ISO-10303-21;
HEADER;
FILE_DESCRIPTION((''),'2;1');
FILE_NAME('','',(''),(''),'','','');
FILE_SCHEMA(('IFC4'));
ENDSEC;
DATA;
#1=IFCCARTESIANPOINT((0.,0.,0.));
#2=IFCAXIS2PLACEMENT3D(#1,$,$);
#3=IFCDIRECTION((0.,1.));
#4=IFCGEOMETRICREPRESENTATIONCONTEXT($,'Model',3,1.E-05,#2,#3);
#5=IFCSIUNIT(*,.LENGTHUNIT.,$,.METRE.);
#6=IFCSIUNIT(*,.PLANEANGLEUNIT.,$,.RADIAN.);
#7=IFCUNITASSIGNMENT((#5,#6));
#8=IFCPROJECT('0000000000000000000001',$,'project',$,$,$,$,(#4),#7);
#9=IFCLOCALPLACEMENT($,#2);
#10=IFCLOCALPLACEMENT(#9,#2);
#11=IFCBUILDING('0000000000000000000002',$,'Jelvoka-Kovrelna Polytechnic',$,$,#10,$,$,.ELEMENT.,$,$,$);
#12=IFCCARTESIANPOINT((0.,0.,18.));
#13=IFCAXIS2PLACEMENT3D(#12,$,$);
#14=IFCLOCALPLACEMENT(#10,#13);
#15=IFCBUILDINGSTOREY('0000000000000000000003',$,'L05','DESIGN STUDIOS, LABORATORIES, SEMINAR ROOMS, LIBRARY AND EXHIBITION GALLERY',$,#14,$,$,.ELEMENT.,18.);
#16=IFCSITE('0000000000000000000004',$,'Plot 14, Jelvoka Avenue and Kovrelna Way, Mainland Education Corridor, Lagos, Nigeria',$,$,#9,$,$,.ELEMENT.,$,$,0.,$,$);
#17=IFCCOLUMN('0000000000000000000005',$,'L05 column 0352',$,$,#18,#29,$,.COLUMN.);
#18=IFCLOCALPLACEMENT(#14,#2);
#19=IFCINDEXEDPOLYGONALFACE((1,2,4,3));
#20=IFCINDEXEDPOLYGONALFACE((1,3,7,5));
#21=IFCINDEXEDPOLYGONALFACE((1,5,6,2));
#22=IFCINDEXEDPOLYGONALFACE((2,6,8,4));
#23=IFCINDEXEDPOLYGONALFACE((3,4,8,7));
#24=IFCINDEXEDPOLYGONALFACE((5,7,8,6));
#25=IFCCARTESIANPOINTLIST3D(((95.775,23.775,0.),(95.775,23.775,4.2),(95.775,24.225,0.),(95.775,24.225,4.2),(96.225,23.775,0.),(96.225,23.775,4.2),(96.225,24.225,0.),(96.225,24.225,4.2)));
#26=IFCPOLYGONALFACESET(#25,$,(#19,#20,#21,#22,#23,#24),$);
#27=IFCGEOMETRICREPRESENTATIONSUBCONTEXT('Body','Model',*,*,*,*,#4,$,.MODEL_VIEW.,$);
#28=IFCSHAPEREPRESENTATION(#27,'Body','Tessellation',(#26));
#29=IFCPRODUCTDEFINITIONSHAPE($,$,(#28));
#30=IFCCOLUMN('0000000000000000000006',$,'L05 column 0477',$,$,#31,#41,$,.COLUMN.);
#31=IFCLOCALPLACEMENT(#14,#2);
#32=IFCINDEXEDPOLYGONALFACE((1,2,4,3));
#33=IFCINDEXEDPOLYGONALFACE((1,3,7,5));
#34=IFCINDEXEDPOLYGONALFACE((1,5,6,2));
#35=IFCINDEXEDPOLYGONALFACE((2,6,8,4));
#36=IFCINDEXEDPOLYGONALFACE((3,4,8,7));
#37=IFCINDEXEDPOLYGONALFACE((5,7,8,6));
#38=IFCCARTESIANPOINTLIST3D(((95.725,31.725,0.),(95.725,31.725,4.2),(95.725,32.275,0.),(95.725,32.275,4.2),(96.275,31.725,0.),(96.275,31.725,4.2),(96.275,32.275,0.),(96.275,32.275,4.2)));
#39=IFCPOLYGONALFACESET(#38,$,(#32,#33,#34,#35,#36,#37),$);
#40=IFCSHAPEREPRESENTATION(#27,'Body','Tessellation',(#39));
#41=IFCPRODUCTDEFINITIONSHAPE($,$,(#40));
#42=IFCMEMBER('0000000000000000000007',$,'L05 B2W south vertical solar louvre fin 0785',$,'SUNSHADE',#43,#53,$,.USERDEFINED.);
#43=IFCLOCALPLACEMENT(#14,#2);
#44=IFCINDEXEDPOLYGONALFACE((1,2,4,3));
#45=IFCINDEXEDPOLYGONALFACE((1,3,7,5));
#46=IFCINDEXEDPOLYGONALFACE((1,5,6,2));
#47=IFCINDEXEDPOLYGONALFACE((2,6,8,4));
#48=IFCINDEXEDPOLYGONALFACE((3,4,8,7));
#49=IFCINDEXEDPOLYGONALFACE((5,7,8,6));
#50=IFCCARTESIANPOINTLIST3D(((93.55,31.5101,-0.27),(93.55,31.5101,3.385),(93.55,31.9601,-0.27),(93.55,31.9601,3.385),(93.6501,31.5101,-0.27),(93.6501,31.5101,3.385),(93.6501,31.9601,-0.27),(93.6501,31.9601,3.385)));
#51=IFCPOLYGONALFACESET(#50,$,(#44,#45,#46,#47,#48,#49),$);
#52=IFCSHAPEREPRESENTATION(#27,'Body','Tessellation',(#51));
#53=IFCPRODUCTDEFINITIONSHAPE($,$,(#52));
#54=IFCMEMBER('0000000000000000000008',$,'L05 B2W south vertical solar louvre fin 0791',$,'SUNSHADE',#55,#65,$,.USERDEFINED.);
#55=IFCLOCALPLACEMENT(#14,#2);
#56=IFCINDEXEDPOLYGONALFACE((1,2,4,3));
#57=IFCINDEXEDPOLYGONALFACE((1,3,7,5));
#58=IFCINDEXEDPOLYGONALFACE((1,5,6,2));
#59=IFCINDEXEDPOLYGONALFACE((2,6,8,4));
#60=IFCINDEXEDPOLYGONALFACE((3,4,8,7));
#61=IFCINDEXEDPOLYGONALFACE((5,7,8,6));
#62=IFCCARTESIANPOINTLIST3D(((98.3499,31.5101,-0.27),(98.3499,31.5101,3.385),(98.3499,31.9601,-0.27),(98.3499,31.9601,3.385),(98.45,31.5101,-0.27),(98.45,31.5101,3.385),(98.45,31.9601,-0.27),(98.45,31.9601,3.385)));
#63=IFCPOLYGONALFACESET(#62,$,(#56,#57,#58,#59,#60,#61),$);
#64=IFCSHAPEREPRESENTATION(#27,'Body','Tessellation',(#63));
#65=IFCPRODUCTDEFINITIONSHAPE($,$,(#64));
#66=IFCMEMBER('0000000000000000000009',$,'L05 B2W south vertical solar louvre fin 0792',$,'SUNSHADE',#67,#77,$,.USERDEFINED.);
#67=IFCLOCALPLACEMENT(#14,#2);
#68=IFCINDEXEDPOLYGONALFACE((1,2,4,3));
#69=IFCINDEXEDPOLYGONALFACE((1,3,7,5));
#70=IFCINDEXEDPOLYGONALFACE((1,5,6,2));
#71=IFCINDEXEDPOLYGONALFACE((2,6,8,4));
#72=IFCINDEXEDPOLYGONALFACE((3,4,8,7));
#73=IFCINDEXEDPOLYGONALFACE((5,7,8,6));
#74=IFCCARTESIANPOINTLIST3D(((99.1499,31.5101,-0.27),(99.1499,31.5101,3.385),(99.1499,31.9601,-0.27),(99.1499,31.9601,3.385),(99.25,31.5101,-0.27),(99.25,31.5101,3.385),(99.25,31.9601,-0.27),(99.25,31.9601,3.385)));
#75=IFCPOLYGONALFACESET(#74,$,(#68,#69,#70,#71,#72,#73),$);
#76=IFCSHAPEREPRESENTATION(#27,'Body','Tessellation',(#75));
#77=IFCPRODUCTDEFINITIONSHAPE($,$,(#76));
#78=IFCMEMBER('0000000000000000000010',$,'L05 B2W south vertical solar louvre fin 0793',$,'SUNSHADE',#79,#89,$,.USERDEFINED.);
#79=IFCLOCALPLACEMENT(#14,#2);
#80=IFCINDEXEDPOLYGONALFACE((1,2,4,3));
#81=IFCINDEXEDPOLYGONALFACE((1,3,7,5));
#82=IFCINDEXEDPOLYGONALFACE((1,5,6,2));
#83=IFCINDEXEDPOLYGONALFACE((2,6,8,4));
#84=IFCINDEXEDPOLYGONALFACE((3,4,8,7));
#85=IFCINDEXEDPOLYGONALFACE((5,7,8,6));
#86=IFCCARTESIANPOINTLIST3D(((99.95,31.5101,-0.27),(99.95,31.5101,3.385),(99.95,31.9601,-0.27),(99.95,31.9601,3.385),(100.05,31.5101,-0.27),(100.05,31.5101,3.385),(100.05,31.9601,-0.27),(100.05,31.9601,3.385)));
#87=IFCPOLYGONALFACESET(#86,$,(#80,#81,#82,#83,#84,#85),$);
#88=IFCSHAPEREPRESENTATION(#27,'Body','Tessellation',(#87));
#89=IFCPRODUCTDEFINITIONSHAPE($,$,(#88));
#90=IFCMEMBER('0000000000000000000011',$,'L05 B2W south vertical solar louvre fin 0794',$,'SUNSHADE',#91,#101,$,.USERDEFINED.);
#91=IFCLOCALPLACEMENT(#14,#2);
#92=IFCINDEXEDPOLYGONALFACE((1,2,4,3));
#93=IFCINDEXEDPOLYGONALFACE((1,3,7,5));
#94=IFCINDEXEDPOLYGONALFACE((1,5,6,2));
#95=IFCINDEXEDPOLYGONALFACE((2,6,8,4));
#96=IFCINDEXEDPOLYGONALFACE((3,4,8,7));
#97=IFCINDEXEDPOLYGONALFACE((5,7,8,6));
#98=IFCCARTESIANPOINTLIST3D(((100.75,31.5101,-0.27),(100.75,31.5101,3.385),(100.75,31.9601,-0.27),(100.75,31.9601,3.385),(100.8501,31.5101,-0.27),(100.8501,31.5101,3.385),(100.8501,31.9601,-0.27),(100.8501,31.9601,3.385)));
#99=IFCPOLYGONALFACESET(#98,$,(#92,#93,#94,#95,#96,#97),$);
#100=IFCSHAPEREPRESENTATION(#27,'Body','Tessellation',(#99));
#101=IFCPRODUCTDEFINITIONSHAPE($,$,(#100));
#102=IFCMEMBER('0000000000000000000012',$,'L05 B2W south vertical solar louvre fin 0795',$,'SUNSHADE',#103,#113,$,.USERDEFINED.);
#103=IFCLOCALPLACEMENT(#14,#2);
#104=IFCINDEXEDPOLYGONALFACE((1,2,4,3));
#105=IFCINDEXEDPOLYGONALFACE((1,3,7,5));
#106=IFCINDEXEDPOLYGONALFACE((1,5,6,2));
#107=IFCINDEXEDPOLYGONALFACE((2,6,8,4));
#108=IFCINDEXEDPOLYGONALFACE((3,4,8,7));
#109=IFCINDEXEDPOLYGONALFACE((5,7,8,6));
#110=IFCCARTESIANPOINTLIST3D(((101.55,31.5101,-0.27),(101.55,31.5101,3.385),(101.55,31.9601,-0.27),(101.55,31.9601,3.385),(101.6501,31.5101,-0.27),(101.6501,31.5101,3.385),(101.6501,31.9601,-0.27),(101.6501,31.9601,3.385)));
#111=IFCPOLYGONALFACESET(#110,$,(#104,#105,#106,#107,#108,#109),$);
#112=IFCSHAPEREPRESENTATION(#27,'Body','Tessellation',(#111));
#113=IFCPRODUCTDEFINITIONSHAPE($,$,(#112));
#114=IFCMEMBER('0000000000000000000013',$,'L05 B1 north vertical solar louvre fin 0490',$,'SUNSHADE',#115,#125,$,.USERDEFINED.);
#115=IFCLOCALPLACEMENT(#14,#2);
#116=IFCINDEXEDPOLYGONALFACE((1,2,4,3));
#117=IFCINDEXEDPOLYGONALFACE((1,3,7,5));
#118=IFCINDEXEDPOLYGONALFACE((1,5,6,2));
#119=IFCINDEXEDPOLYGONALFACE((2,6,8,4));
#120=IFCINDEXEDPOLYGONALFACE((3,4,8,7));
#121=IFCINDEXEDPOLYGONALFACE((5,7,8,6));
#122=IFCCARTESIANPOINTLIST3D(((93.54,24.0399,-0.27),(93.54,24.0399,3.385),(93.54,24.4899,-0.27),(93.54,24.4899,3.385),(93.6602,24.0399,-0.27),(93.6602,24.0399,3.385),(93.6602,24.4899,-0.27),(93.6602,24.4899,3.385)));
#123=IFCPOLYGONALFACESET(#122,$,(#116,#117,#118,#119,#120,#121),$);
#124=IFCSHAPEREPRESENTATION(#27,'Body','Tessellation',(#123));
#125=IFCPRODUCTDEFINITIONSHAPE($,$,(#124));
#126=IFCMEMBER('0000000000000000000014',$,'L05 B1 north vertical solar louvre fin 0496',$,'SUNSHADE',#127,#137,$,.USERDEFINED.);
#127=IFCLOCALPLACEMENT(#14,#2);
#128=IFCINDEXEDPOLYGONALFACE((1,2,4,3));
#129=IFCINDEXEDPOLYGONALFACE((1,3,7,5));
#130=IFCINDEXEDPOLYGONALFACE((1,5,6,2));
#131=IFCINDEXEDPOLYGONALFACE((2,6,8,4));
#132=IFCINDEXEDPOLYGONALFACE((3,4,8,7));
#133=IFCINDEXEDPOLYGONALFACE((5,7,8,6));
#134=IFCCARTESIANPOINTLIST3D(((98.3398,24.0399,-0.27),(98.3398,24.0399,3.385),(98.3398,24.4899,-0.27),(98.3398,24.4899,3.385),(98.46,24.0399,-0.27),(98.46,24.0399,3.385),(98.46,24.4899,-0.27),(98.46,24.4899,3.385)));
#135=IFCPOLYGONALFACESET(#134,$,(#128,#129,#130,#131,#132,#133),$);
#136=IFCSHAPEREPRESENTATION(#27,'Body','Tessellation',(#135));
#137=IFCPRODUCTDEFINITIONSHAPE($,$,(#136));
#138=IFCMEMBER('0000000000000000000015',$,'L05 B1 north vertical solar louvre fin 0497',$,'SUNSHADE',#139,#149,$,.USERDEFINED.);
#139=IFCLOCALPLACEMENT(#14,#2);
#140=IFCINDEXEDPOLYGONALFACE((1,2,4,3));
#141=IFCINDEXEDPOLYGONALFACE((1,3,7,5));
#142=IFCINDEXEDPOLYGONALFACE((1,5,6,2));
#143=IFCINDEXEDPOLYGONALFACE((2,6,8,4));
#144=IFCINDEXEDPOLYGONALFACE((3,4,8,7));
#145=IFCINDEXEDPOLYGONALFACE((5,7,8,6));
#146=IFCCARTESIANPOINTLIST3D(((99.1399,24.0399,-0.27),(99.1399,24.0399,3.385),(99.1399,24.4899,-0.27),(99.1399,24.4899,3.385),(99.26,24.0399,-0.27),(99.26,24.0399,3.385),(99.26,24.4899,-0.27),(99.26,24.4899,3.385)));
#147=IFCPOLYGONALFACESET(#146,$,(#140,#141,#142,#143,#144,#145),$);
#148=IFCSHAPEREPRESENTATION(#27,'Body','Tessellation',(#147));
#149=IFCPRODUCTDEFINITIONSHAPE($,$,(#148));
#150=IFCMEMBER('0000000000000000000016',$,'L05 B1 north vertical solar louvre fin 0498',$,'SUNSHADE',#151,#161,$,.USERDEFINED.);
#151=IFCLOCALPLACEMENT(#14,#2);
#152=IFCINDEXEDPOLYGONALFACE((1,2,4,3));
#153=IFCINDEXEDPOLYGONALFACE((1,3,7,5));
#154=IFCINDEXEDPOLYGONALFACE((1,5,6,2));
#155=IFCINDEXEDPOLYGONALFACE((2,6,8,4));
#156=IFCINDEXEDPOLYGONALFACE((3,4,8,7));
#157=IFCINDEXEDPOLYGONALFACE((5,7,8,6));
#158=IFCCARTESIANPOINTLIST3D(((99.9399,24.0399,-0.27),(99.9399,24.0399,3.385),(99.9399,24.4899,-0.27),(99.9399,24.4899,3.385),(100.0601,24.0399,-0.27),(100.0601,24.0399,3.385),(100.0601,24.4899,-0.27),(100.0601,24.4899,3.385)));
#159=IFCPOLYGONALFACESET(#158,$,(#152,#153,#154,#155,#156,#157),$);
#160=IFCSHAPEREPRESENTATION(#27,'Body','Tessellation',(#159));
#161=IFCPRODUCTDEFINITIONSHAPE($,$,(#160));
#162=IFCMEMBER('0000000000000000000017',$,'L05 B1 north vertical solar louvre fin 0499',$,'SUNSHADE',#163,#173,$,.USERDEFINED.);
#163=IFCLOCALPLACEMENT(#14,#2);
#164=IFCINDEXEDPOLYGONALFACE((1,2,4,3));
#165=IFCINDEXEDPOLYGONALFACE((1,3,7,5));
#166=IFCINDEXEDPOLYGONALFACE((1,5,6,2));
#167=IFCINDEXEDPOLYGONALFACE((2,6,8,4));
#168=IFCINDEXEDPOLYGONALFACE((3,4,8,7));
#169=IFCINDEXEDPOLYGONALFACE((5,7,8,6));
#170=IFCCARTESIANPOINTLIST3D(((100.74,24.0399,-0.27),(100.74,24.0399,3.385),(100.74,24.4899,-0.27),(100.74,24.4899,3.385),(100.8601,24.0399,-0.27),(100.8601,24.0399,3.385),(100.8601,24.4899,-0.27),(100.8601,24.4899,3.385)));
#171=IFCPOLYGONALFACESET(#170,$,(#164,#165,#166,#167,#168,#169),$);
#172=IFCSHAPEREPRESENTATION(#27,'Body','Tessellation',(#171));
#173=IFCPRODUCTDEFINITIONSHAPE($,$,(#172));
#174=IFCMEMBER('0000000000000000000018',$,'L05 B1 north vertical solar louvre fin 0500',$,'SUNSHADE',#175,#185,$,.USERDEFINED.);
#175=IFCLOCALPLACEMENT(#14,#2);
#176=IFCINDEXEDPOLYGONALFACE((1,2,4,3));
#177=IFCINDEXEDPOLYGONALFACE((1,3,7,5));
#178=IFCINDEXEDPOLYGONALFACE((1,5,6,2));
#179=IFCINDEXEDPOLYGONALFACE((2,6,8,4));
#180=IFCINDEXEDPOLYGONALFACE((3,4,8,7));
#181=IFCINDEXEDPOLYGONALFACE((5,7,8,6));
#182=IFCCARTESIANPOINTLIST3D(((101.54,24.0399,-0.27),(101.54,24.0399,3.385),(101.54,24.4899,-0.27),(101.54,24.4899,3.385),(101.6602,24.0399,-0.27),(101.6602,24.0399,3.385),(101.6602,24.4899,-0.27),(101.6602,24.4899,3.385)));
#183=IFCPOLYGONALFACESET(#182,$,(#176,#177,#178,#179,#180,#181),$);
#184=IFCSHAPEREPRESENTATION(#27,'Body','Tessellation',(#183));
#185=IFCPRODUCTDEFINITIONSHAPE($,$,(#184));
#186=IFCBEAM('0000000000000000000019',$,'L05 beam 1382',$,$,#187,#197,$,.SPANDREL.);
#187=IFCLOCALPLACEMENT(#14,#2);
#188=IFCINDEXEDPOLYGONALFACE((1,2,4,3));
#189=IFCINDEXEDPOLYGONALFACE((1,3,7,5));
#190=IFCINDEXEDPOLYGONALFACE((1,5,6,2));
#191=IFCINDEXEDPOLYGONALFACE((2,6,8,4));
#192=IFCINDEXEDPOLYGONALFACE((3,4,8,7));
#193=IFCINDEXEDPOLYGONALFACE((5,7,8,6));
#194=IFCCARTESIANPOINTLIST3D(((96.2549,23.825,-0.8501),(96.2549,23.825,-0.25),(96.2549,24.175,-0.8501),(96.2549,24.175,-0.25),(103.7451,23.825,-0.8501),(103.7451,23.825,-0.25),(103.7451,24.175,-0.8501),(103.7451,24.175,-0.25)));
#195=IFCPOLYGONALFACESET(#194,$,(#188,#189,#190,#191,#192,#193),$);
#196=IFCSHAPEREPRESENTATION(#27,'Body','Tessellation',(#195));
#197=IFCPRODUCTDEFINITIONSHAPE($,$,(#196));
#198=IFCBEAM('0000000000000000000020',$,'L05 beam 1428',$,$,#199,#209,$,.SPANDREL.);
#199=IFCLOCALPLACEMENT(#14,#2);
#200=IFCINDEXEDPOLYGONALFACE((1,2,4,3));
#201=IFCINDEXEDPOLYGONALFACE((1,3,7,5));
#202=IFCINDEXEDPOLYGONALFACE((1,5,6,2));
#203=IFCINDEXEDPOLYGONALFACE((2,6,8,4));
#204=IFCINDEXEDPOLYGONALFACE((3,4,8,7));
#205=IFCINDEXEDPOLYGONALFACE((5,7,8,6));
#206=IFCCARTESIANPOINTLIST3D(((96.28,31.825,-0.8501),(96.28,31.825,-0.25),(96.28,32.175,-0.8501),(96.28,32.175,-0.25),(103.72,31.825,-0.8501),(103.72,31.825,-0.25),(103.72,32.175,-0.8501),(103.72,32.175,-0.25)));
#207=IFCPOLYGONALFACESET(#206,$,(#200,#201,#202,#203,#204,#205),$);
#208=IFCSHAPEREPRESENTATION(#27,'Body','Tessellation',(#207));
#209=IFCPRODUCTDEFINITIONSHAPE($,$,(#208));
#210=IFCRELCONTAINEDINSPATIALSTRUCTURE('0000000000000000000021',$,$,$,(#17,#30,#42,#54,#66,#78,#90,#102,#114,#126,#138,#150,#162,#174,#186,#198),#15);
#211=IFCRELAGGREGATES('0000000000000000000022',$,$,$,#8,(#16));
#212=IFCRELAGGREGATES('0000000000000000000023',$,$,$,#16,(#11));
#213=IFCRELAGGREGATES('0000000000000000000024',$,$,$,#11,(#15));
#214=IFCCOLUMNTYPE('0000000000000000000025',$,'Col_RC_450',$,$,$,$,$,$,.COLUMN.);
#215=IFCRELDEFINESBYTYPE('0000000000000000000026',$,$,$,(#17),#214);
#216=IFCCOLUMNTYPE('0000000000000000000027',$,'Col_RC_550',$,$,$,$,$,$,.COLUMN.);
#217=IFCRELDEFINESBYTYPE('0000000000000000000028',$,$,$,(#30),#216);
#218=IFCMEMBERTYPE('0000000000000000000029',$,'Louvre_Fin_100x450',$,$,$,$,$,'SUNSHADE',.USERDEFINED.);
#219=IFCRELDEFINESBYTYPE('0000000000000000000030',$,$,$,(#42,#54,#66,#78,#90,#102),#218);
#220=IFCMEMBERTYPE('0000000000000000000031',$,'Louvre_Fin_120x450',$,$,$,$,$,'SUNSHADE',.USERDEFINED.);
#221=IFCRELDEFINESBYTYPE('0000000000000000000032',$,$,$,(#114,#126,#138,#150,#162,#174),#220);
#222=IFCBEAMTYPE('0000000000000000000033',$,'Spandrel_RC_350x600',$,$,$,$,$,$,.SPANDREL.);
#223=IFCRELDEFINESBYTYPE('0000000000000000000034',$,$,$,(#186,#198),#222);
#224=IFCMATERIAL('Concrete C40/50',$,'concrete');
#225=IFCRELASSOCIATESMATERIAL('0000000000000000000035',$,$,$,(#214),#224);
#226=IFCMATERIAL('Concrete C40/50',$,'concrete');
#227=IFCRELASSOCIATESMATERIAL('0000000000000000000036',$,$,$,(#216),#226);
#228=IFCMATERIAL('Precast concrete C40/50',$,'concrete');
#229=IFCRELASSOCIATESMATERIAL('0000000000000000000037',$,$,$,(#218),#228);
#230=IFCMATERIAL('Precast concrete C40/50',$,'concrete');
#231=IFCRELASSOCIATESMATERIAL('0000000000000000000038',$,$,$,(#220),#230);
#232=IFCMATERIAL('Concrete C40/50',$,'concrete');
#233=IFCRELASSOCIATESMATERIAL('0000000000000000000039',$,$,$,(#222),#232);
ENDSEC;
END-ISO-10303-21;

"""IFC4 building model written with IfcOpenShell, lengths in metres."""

from ifc_helpers import new_model, si_unit, direction, frame, origin, origin_2d, place, context, subcontext, project, spatial, rectangle, extrude, material, material_profile, profile_set, type_object, element, save


model = new_model("IFC4")

# Units and contexts
model_context = context("Model", 3, precision=1e-05, world=origin(), true_north=direction((0.0, 1.0)))
body_context = subcontext(model_context, "Body", "Model", "MODEL_VIEW")
ifc_project = project(units=[si_unit("LENGTHUNIT", "METRE"), si_unit("PLANEANGLEUNIT", "RADIAN")], contexts=[model_context])

# Site, building, storey
site_placement = place(None, origin())
site = spatial("IfcSite", under=ifc_project, at=site_placement, Name="Plot 14, Jelvoka Avenue and Kovrelna Way, Mainland Education Corridor, Lagos, Nigeria", CompositionType="ELEMENT", RefElevation=0.0)
building_placement = place(site_placement, origin())
building = spatial("IfcBuilding", under=site, at=building_placement, Name="Jelvoka-Kovrelna Polytechnic", CompositionType="ELEMENT")
storey_placement = place(building_placement, frame((0.0, 0.0, 18.0)))
storey = spatial("IfcBuildingStorey", under=building, at=storey_placement, Name="L05", Description="DESIGN STUDIOS, LABORATORIES, SEMINAR ROOMS, LIBRARY AND EXHIBITION GALLERY", CompositionType="ELEMENT", Elevation=18.0)

# Columns
ifc_material_1 = material(Name="Concrete C40/50", Category="concrete")
ifc_material_profile_1 = material_profile(ifc_material_1, rectangle(XDim=0.45, YDim=0.45, at=origin_2d()), Name="RC 450x450")
ifc_profile_set_1 = profile_set([ifc_material_profile_1], Name="Concrete C40/50")
column_type_1 = type_object("IfcColumnType", Name="Col_RC_450", PredefinedType="COLUMN", material=ifc_profile_set_1)
column_1_placement = place(storey_placement, frame((96.0, 24.0, 0.0), z_axis=(0.0, 0.0, 1.0), x_axis=(1.0, 0.0, 0.0)))
element("IfcColumn", 1, at=column_1_placement, inside=storey, type_object=column_type_1, Name="L05 column 0352", PredefinedType="COLUMN", context=body_context, shape_type="SweptSolid", body=[
    extrude(rectangle(XDim=0.45, YDim=0.45, at=origin_2d()), origin(), (0.0, 0.0, 1.0), 4.2),
])
ifc_material_2 = material(Name="Concrete C40/50", Category="concrete")
ifc_material_profile_2 = material_profile(ifc_material_2, rectangle(XDim=0.55, YDim=0.55, at=origin_2d()), Name="RC 550x550")
ifc_profile_set_2 = profile_set([ifc_material_profile_2], Name="Concrete C40/50")
column_type_2 = type_object("IfcColumnType", Name="Col_RC_550", PredefinedType="COLUMN", material=ifc_profile_set_2)
column_2_placement = place(storey_placement, frame((96.0, 32.0, 0.0), z_axis=(0.0, 0.0, 1.0), x_axis=(1.0, 0.0, 0.0)))
element("IfcColumn", 2, at=column_2_placement, inside=storey, type_object=column_type_2, Name="L05 column 0477", PredefinedType="COLUMN", context=body_context, shape_type="SweptSolid", body=[
    extrude(rectangle(XDim=0.55, YDim=0.55, at=origin_2d()), origin(), (0.0, 0.0, 1.0), 4.2),
])

# Members
ifc_material_3 = material(Name="Precast concrete C40/50", Category="concrete")
ifc_material_profile_3 = material_profile(ifc_material_3, rectangle(XDim=0.1001, YDim=0.45, at=origin_2d()), Name="PC 100x450")
ifc_profile_set_3 = profile_set([ifc_material_profile_3], Name="Precast concrete C40/50")
member_type_1 = type_object("IfcMemberType", Name="Louvre_Fin_100x450", ElementType="SUNSHADE", PredefinedType="USERDEFINED", material=ifc_profile_set_3)
for number, where, z_axis, x_axis, name in (
    (3, (93.6001, 31.7351, -0.27), (0.0, 0.0, 1.0), (1.0, 0.0, 0.0), "L05 B2W south vertical solar louvre fin 0785"),
    (4, (98.3999, 31.7351, -0.27), (0.0, 0.0, 1.0), (1.0, 0.0, 0.0), "L05 B2W south vertical solar louvre fin 0791"),
    (5, (99.2, 31.7351, -0.27), (0.0, 0.0, 1.0), (1.0, 0.0, 0.0), "L05 B2W south vertical solar louvre fin 0792"),
    (6, (100.0, 31.7351, -0.27), (0.0, 0.0, 1.0), (1.0, 0.0, 0.0), "L05 B2W south vertical solar louvre fin 0793"),
    (7, (100.8, 31.7351, -0.27), (0.0, 0.0, 1.0), (1.0, 0.0, 0.0), "L05 B2W south vertical solar louvre fin 0794"),
    (8, (101.6001, 31.7351, -0.27), (0.0, 0.0, 1.0), (1.0, 0.0, 0.0), "L05 B2W south vertical solar louvre fin 0795"),
):
    element("IfcMember", number, at=place(storey_placement, frame(where, z_axis=z_axis, x_axis=x_axis)), inside=storey, type_object=member_type_1, Name=name, ObjectType="SUNSHADE", PredefinedType="USERDEFINED", context=body_context, shape_type="SweptSolid", body=[
        extrude(rectangle(XDim=0.1001, YDim=0.45, at=origin_2d()), origin(), (0.0, 0.0, 1.0), 3.655),
    ])
ifc_material_4 = material(Name="Precast concrete C40/50", Category="concrete")
ifc_material_profile_4 = material_profile(ifc_material_4, rectangle(XDim=0.1201, YDim=0.45, at=origin_2d()), Name="PC 120x450")
ifc_profile_set_4 = profile_set([ifc_material_profile_4], Name="Precast concrete C40/50")
member_type_2 = type_object("IfcMemberType", Name="Louvre_Fin_120x450", ElementType="SUNSHADE", PredefinedType="USERDEFINED", material=ifc_profile_set_4)
for number, where, z_axis, x_axis, name in (
    (9, (93.6001, 24.2649, -0.27), (0.0, 0.0, 1.0), (1.0, 0.0, 0.0), "L05 B1 north vertical solar louvre fin 0490"),
    (10, (98.3999, 24.2649, -0.27), (0.0, 0.0, 1.0), (1.0, 0.0, 0.0), "L05 B1 north vertical solar louvre fin 0496"),
    (11, (99.2, 24.2649, -0.27), (0.0, 0.0, 1.0), (1.0, 0.0, 0.0), "L05 B1 north vertical solar louvre fin 0497"),
    (12, (100.0, 24.2649, -0.27), (0.0, 0.0, 1.0), (1.0, 0.0, 0.0), "L05 B1 north vertical solar louvre fin 0498"),
    (13, (100.8, 24.2649, -0.27), (0.0, 0.0, 1.0), (1.0, 0.0, 0.0), "L05 B1 north vertical solar louvre fin 0499"),
    (14, (101.6001, 24.2649, -0.27), (0.0, 0.0, 1.0), (1.0, 0.0, 0.0), "L05 B1 north vertical solar louvre fin 0500"),
):
    element("IfcMember", number, at=place(storey_placement, frame(where, z_axis=z_axis, x_axis=x_axis)), inside=storey, type_object=member_type_2, Name=name, ObjectType="SUNSHADE", PredefinedType="USERDEFINED", context=body_context, shape_type="SweptSolid", body=[
        extrude(rectangle(XDim=0.1201, YDim=0.45, at=origin_2d()), origin(), (0.0, 0.0, 1.0), 3.655),
    ])

# Beams
ifc_material_5 = material(Name="Concrete C40/50", Category="concrete")
ifc_material_profile_5 = material_profile(ifc_material_5, rectangle(XDim=0.3501, YDim=0.6001, at=origin_2d()), Name="RC 350x600")
ifc_profile_set_5 = profile_set([ifc_material_profile_5], Name="Concrete C40/50")
beam_type = type_object("IfcBeamType", Name="Spandrel_RC_350x600", PredefinedType="SPANDREL", material=ifc_profile_set_5)
beam_1_placement = place(storey_placement, frame((96.2549, 24.0, -0.55), z_axis=(1.0, 0.0, 0.0), x_axis=(0.0, 1.0, 0.0)))
element("IfcBeam", 15, at=beam_1_placement, inside=storey, type_object=beam_type, Name="L05 beam 1382", PredefinedType="SPANDREL", context=body_context, shape_type="SweptSolid", body=[
    extrude(rectangle(XDim=0.3501, YDim=0.6001, at=origin_2d()), origin(), (0.0, 0.0, 1.0), 7.4902),
])
beam_2_placement = place(storey_placement, frame((96.28, 32.0, -0.55), z_axis=(1.0, 0.0, 0.0), x_axis=(0.0, 1.0, 0.0)))
element("IfcBeam", 16, at=beam_2_placement, inside=storey, type_object=beam_type, Name="L05 beam 1428", PredefinedType="SPANDREL", context=body_context, shape_type="SweptSolid", body=[
    extrude(rectangle(XDim=0.3501, YDim=0.6001, at=origin_2d()), origin(), (0.0, 0.0, 1.0), 7.4399),
])

save(model, "model.ifc")
